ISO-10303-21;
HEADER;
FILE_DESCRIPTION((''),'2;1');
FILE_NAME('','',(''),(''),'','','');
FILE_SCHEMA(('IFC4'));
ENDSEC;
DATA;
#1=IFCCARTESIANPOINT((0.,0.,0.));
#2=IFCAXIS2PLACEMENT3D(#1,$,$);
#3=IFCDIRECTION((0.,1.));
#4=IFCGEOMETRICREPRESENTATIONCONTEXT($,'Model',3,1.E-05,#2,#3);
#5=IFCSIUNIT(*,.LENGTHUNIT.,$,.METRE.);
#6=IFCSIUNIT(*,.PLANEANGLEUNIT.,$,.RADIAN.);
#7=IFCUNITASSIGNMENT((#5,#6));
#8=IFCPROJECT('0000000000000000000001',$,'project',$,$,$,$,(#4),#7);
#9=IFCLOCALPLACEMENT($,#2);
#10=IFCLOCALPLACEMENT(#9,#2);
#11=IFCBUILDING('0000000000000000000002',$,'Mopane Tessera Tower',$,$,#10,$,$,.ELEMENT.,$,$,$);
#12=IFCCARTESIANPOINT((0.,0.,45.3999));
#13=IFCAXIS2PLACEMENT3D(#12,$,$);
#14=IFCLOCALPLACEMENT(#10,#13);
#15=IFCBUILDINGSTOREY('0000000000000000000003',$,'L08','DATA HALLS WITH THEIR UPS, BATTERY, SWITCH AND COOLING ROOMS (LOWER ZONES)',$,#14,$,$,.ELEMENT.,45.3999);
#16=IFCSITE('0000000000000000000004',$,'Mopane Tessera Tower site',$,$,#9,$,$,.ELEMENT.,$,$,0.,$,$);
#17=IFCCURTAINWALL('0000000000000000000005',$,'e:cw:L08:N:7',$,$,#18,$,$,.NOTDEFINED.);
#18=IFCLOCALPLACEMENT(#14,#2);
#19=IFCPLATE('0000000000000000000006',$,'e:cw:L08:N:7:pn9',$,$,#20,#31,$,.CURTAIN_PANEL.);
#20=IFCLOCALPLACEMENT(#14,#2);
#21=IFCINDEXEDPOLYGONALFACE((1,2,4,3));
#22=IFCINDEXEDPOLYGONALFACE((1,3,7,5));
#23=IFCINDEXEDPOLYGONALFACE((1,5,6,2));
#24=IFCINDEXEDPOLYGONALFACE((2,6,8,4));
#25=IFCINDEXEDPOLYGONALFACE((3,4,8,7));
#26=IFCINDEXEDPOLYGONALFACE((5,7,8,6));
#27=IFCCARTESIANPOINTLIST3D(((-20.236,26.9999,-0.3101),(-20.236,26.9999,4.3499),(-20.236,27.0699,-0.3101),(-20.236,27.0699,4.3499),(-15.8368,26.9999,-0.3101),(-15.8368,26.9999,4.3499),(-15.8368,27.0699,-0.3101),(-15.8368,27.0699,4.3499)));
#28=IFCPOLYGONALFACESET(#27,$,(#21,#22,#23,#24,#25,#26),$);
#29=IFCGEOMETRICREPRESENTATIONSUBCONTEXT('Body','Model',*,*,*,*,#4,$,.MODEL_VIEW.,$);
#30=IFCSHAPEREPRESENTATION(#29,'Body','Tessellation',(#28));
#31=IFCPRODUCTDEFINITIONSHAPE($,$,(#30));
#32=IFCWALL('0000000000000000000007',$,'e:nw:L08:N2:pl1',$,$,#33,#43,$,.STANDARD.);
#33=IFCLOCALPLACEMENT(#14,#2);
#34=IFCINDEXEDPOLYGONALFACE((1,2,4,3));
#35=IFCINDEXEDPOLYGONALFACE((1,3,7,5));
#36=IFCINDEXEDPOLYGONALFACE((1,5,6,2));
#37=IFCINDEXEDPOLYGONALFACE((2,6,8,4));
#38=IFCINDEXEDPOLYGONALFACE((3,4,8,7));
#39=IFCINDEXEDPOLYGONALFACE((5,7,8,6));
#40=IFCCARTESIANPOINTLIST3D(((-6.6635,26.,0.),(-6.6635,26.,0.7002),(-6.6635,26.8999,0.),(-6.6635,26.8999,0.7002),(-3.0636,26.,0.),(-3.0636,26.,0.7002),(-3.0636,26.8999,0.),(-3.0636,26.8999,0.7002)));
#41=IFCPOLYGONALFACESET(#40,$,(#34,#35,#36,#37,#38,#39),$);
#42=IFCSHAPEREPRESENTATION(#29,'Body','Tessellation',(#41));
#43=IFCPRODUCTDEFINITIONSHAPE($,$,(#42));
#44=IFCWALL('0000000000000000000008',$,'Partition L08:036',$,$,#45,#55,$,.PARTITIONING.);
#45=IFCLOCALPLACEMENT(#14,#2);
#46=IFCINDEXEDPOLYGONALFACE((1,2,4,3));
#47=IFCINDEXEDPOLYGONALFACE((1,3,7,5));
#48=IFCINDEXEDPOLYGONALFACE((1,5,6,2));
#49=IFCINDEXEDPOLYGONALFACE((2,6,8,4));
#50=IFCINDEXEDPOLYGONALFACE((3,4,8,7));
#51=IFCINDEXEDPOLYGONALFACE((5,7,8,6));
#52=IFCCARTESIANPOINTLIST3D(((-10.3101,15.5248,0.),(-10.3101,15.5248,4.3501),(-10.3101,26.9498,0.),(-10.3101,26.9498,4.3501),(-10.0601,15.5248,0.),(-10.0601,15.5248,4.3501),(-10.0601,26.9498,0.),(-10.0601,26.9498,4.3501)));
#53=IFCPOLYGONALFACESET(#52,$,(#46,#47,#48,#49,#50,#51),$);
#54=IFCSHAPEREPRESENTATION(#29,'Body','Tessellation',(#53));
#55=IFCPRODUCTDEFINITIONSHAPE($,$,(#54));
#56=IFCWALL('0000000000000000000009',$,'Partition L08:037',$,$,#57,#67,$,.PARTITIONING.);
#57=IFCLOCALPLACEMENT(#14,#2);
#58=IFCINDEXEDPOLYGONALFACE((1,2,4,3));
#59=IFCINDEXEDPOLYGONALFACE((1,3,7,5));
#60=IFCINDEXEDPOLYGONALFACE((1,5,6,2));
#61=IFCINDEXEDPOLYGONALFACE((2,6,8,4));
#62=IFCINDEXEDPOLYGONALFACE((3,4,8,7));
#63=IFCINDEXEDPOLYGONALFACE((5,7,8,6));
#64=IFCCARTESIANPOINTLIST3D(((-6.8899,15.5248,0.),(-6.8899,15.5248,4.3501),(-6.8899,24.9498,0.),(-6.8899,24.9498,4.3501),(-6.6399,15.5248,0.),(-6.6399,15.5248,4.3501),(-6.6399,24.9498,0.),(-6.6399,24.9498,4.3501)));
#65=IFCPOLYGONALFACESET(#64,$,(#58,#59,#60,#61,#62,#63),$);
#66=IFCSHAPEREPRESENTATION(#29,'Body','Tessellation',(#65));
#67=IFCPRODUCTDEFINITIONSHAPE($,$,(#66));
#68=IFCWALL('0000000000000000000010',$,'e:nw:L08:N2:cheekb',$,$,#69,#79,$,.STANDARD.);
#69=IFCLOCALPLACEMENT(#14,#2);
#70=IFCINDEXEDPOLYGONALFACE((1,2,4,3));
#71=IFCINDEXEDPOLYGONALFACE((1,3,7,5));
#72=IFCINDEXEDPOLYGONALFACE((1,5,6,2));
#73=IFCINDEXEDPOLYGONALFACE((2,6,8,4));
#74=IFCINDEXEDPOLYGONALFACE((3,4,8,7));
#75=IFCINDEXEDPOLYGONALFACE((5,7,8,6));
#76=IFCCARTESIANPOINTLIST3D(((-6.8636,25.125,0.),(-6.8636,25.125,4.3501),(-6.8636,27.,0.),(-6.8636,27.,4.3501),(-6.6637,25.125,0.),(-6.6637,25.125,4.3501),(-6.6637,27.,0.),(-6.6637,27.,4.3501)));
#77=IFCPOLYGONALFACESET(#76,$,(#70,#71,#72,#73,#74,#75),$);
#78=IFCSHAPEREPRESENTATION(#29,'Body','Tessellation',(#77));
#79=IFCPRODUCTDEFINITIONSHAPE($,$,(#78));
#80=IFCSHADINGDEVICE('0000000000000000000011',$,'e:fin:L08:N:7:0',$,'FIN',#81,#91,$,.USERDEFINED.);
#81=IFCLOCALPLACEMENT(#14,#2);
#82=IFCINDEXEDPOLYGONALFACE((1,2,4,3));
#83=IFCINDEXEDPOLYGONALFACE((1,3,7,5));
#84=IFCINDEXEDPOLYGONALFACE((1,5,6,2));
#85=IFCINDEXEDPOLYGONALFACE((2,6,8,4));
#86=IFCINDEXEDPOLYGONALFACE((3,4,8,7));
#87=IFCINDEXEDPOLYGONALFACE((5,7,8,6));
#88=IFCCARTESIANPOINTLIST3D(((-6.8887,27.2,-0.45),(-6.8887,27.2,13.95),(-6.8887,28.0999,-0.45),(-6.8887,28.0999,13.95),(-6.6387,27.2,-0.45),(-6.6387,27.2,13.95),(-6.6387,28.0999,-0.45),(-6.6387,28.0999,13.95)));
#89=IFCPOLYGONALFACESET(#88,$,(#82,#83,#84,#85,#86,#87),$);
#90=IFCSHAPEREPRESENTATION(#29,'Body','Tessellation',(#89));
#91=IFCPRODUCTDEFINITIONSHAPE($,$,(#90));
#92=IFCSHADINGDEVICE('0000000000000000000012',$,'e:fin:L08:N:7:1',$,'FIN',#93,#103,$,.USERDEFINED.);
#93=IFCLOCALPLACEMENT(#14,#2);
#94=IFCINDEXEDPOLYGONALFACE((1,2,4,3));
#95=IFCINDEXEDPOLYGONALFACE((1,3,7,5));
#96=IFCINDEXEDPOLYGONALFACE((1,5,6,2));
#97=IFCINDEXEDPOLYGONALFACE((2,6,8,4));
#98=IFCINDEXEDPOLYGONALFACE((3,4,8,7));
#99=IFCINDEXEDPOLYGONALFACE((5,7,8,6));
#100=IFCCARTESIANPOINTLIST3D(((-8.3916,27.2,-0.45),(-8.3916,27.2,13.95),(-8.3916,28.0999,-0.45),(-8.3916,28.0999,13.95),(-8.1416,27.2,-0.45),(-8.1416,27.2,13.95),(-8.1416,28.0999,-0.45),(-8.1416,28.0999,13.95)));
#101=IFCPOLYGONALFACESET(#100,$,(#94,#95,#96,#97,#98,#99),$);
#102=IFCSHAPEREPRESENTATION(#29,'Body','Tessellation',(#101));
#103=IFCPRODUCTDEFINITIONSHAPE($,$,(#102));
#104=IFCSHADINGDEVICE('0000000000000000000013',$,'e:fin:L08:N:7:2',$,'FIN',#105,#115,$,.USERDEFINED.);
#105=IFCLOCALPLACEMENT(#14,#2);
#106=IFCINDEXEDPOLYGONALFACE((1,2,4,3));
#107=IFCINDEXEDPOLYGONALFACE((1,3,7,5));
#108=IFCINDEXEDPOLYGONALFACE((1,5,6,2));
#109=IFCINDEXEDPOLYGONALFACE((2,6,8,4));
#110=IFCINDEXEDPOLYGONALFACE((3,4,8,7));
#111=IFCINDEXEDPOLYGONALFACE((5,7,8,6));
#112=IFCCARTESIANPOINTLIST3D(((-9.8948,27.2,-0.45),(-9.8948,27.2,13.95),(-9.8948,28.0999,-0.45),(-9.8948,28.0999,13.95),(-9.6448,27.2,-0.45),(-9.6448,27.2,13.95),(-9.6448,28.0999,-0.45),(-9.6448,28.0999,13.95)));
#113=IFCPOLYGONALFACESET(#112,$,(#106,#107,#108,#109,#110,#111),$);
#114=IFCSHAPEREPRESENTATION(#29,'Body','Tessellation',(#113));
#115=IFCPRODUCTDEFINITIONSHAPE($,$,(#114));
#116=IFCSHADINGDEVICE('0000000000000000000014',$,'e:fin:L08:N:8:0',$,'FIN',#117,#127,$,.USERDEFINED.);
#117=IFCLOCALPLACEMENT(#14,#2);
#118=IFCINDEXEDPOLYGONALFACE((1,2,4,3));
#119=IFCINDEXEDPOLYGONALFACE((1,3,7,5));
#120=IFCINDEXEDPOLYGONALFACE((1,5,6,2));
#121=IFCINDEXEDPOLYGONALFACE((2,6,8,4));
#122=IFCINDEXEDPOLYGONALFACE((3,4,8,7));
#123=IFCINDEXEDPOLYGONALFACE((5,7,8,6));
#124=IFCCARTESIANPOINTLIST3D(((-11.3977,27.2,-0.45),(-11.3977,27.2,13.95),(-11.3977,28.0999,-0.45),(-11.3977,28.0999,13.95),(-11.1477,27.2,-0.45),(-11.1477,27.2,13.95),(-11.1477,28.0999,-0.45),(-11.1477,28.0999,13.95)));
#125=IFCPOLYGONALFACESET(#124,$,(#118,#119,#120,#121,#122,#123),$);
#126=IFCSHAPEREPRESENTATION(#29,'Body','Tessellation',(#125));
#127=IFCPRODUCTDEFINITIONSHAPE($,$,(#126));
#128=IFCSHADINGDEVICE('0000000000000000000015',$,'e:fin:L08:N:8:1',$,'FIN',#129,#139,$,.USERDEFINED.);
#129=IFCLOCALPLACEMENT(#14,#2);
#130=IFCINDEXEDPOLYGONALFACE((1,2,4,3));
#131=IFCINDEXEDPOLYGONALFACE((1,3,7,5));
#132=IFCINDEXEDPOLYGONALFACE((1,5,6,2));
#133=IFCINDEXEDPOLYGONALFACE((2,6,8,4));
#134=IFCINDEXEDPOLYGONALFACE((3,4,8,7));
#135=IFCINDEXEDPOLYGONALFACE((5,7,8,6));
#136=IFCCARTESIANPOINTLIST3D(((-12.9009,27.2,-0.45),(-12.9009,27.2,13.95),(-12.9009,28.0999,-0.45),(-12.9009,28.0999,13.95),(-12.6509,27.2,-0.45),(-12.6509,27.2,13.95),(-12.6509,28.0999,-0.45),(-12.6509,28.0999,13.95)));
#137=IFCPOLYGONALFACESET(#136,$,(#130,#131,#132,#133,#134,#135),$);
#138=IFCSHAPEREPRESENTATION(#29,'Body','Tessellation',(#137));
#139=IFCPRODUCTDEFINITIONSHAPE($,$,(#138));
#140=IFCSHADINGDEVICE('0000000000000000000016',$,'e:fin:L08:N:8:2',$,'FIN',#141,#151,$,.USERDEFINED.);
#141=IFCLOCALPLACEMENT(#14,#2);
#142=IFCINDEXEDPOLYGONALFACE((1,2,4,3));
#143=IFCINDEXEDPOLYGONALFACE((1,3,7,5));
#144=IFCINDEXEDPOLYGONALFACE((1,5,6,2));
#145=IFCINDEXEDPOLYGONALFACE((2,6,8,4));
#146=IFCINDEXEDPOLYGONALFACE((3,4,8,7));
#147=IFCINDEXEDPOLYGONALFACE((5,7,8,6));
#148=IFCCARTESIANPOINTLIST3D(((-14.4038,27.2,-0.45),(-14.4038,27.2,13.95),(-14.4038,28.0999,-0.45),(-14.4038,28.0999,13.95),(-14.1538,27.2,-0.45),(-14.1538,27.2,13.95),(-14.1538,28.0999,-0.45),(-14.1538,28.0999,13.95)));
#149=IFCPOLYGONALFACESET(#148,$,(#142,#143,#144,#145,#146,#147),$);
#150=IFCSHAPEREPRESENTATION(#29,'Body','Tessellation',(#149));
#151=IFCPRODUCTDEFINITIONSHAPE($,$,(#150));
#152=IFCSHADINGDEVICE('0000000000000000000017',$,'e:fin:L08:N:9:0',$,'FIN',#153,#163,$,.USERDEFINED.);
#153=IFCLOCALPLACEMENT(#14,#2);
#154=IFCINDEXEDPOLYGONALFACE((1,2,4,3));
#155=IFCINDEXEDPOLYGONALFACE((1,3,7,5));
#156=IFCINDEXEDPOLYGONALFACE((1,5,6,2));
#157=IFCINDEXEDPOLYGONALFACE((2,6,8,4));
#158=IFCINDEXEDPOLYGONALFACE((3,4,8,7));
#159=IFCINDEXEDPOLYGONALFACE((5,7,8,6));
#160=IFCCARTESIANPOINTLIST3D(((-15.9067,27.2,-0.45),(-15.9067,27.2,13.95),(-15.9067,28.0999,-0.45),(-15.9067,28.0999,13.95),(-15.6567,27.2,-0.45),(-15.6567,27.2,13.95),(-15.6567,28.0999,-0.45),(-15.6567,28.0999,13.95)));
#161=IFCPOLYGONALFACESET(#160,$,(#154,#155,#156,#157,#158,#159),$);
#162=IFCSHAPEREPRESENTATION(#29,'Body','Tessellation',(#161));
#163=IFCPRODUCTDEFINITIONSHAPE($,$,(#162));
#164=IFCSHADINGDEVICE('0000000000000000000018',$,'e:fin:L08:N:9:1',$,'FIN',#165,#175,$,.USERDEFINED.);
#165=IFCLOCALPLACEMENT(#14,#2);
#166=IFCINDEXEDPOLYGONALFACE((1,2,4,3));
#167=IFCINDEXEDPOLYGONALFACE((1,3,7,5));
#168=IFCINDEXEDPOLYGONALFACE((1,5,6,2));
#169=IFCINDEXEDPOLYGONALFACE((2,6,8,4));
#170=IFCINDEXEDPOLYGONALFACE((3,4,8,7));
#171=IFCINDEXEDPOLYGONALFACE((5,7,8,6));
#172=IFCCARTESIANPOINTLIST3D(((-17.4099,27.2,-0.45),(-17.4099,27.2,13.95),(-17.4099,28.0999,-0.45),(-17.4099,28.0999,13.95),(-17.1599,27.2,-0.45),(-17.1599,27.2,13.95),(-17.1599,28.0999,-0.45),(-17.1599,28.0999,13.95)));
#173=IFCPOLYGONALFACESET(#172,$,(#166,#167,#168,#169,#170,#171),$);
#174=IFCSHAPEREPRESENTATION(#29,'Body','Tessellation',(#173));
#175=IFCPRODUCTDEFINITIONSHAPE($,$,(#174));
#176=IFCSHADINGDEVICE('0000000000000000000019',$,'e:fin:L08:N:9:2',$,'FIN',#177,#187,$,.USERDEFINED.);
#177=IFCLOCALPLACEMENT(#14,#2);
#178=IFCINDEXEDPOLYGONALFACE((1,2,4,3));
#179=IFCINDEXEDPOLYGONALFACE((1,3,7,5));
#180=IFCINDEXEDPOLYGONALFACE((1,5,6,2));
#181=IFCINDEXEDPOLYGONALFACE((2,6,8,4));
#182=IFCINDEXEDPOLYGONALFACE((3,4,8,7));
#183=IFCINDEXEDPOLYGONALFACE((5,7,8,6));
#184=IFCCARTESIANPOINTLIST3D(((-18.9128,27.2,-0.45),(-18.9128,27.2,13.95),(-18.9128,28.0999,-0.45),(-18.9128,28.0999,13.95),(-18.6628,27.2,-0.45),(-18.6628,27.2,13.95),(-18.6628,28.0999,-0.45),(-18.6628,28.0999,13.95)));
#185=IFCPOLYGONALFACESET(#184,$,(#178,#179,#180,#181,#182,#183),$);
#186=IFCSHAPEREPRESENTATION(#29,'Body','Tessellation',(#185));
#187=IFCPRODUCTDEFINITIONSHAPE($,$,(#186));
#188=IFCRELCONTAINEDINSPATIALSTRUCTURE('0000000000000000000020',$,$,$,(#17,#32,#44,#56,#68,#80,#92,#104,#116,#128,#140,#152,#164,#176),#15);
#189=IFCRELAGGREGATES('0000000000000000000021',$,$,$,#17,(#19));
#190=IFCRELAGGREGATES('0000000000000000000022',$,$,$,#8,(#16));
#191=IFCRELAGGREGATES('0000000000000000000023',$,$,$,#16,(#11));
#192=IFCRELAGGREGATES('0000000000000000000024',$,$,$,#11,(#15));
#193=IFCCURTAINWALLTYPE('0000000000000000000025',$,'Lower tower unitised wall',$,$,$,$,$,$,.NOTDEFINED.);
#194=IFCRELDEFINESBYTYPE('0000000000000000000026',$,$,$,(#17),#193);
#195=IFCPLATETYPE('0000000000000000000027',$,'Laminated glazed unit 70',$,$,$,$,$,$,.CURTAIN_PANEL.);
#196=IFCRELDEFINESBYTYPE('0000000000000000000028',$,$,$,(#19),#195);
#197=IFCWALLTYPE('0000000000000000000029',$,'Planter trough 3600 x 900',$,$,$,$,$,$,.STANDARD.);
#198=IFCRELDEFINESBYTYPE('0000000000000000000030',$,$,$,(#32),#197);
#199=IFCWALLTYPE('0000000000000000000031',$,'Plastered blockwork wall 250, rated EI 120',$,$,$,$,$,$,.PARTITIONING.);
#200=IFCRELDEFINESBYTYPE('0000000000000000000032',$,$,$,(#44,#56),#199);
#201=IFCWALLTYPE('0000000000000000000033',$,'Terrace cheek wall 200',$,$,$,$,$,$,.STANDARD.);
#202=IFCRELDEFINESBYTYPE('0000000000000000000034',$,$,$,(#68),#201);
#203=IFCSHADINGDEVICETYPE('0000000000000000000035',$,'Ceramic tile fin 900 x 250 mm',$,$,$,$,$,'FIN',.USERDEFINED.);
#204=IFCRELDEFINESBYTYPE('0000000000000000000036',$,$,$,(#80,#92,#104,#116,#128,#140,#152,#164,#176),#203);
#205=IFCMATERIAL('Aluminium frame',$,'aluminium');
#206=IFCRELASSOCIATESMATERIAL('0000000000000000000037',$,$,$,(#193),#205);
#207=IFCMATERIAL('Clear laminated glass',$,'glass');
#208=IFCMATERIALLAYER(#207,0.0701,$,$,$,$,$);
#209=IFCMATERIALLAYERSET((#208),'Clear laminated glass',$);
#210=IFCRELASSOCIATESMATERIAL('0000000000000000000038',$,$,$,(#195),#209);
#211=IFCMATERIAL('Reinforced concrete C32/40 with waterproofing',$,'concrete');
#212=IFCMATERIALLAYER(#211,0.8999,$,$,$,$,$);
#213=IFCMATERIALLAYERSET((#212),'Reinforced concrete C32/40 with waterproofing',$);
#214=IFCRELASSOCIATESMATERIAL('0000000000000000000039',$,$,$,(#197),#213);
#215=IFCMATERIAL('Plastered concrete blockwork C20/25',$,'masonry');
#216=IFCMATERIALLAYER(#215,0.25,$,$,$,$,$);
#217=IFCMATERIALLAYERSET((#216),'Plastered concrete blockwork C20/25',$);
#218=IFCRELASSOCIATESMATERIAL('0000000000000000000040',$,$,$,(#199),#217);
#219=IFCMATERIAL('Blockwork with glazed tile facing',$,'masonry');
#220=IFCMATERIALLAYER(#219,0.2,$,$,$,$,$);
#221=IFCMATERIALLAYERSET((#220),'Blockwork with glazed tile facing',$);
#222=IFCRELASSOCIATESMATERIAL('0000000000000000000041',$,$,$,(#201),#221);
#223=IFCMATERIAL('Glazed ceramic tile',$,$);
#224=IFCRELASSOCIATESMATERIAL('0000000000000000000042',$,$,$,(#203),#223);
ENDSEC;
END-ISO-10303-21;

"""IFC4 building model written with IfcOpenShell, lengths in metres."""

from ifc_helpers import new_model, si_unit, direction, frame, frame_2d, origin, origin_2d, place, context, subcontext, project, spatial, rectangle, extrude, material, layer, layer_set, type_object, element, aggregate, save


model = new_model("IFC4")

# Units and contexts
model_context = context("Model", 3, precision=1e-05, world=origin(), true_north=direction((0.0, 1.0)))
body_context = subcontext(model_context, "Body", "Model", "MODEL_VIEW")
ifc_project = project(units=[si_unit("LENGTHUNIT", "METRE"), si_unit("PLANEANGLEUNIT", "RADIAN")], contexts=[model_context])

# Site, building, storey
site_placement = place(None, origin())
site = spatial("IfcSite", under=ifc_project, at=site_placement, Name="Mopane Tessera Tower site", CompositionType="ELEMENT", RefElevation=0.0)
building_placement = place(site_placement, origin())
building = spatial("IfcBuilding", under=site, at=building_placement, Name="Mopane Tessera Tower", CompositionType="ELEMENT")
storey_placement = place(building_placement, frame((0.0, 0.0, 45.3999)))
storey = spatial("IfcBuildingStorey", under=building, at=storey_placement, Name="L08", Description="DATA HALLS WITH THEIR UPS, BATTERY, SWITCH AND COOLING ROOMS (LOWER ZONES)", CompositionType="ELEMENT", Elevation=45.3999)

# Curtain wall
ifc_material_1 = material(Name="Aluminium frame", Category="aluminium")
curtain_wall_type = type_object("IfcCurtainWallType", Name="Lower tower unitised wall", PredefinedType="NOTDEFINED", material=ifc_material_1)
curtain_wall_placement = place(storey_placement, origin())
curtain_wall = element("IfcCurtainWall", 1, at=curtain_wall_placement, inside=storey, type_object=curtain_wall_type, Name="e:cw:L08:N:7", PredefinedType="NOTDEFINED")

# Plate
ifc_material_2 = material(Name="Clear laminated glass", Category="glass")
ifc_layer_1 = layer(ifc_material_2, 0.0701)
ifc_layer_set_1 = layer_set([ifc_layer_1], Name="Clear laminated glass")
plate_type = type_object("IfcPlateType", Name="Laminated glazed unit 70", PredefinedType="CURTAIN_PANEL", material=ifc_layer_set_1)
plate_1_placement = place(storey_placement, frame((-18.0364, 27.0349, -0.3101), z_axis=(0.0, 0.0, 1.0), x_axis=(-1.0, 0.0, 0.0)))
plate_1 = element("IfcPlate", 2, at=plate_1_placement, type_object=plate_type, Name="e:cw:L08:N:7:pn9", PredefinedType="CURTAIN_PANEL", context=body_context, shape_type="SweptSolid", body=[
    extrude(rectangle(XDim=4.3992, YDim=0.0701, at=origin_2d()), origin(), (0.0, 0.0, 1.0), 4.6599),
])
aggregate(curtain_wall, [plate_1])

# Walls
ifc_material_3 = material(Name="Reinforced concrete C32/40 with waterproofing", Category="concrete")
ifc_layer_2 = layer(ifc_material_3, 0.8999)
ifc_layer_set_2 = layer_set([ifc_layer_2], Name="Reinforced concrete C32/40 with waterproofing")
wall_type_1 = type_object("IfcWallType", Name="Planter trough 3600 x 900", PredefinedType="STANDARD", material=ifc_layer_set_2)
wall_1_placement = place(storey_placement, frame((-3.0637, 26.45, 0.0), z_axis=(0.0, 0.0, 1.0), x_axis=(-1.0, 0.0, 0.0)))
element("IfcWall", 3, at=wall_1_placement, inside=storey, type_object=wall_type_1, Name="e:nw:L08:N2:pl1", PredefinedType="STANDARD", context=body_context, shape_type="SweptSolid", body=[
    extrude(rectangle(XDim=3.5999, YDim=0.8999, at=frame_2d((1.7998, 0.0))), origin(), (0.0, 0.0, 1.0), 0.7002),
])
ifc_material_4 = material(Name="Plastered concrete blockwork C20/25", Category="masonry")
ifc_layer_3 = layer(ifc_material_4, 0.25)
ifc_layer_set_3 = layer_set([ifc_layer_3], Name="Plastered concrete blockwork C20/25")
wall_type_2 = type_object("IfcWallType", Name="Plastered blockwork wall 250, rated EI 120", PredefinedType="PARTITIONING", material=ifc_layer_set_3)
wall_2_placement = place(storey_placement, frame((-10.1851, 15.5249, 0.0), z_axis=(0.0, 0.0, 1.0), x_axis=(0.0, 1.0, 0.0)))
element("IfcWall", 4, at=wall_2_placement, inside=storey, type_object=wall_type_2, Name="Partition L08:036", PredefinedType="PARTITIONING", context=body_context, shape_type="SweptSolid", body=[
    extrude(rectangle(XDim=11.425, YDim=0.25, at=frame_2d((5.7124, 0.0))), origin(), (0.0, 0.0, 1.0), 4.3501),
])
wall_3_placement = place(storey_placement, frame((-6.7649, 15.5249, 0.0), z_axis=(0.0, 0.0, 1.0), x_axis=(0.0, 1.0, 0.0)))
element("IfcWall", 5, at=wall_3_placement, inside=storey, type_object=wall_type_2, Name="Partition L08:037", PredefinedType="PARTITIONING", context=body_context, shape_type="SweptSolid", body=[
    extrude(rectangle(XDim=9.425, YDim=0.25, at=frame_2d((4.7124, 0.0))), origin(), (0.0, 0.0, 1.0), 4.3501),
])
ifc_material_5 = material(Name="Blockwork with glazed tile facing", Category="masonry")
ifc_layer_4 = layer(ifc_material_5, 0.2)
ifc_layer_set_4 = layer_set([ifc_layer_4], Name="Blockwork with glazed tile facing")
wall_type_3 = type_object("IfcWallType", Name="Terrace cheek wall 200", PredefinedType="STANDARD", material=ifc_layer_set_4)
wall_4_placement = place(storey_placement, frame((-6.7637, 27.0, 0.0), z_axis=(0.0, 0.0, 1.0), x_axis=(0.0, -1.0, 0.0)))
element("IfcWall", 6, at=wall_4_placement, inside=storey, type_object=wall_type_3, Name="e:nw:L08:N2:cheekb", PredefinedType="STANDARD", context=body_context, shape_type="SweptSolid", body=[
    extrude(rectangle(XDim=1.875, YDim=0.2, at=frame_2d((0.9375, 0.0))), origin(), (0.0, 0.0, 1.0), 4.3501),
])

# Shading devices
ifc_material_6 = material(Name="Glazed ceramic tile")
shading_device_type = type_object("IfcShadingDeviceType", Name="Ceramic tile fin 900 x 250 mm", ElementType="FIN", PredefinedType="USERDEFINED", material=ifc_material_6)
for number, where, z_axis, x_axis, name in (
    (7, (-6.7637, 27.6499, -0.45), (0.0, 0.0, 1.0), (-1.0, 0.0, 0.0), "e:fin:L08:N:7:0"),
    (8, (-8.2666, 27.6499, -0.45), (0.0, 0.0, 1.0), (-1.0, 0.0, 0.0), "e:fin:L08:N:7:1"),
    (9, (-9.7698, 27.6499, -0.45), (0.0, 0.0, 1.0), (-1.0, 0.0, 0.0), "e:fin:L08:N:7:2"),
    (10, (-11.2727, 27.6499, -0.45), (0.0, 0.0, 1.0), (-1.0, 0.0, 0.0), "e:fin:L08:N:8:0"),
    (11, (-12.7759, 27.6499, -0.45), (0.0, 0.0, 1.0), (-1.0, 0.0, 0.0), "e:fin:L08:N:8:1"),
    (12, (-14.2788, 27.6499, -0.45), (0.0, 0.0, 1.0), (-1.0, 0.0, 0.0), "e:fin:L08:N:8:2"),
    (13, (-15.7817, 27.6499, -0.45), (0.0, 0.0, 1.0), (-1.0, 0.0, 0.0), "e:fin:L08:N:9:0"),
    (14, (-17.2849, 27.6499, -0.45), (0.0, 0.0, 1.0), (-1.0, 0.0, 0.0), "e:fin:L08:N:9:1"),
    (15, (-18.7878, 27.6499, -0.45), (0.0, 0.0, 1.0), (-1.0, 0.0, 0.0), "e:fin:L08:N:9:2"),
):
    element("IfcShadingDevice", number, at=place(storey_placement, frame(where, z_axis=z_axis, x_axis=x_axis)), inside=storey, type_object=shading_device_type, Name=name, ObjectType="FIN", PredefinedType="USERDEFINED", context=body_context, shape_type="SweptSolid", body=[
        extrude(rectangle(XDim=0.25, YDim=0.8999, at=origin_2d()), origin(), (0.0, 0.0, 1.0), 14.3999),
    ])

save(model, "model.ifc")
